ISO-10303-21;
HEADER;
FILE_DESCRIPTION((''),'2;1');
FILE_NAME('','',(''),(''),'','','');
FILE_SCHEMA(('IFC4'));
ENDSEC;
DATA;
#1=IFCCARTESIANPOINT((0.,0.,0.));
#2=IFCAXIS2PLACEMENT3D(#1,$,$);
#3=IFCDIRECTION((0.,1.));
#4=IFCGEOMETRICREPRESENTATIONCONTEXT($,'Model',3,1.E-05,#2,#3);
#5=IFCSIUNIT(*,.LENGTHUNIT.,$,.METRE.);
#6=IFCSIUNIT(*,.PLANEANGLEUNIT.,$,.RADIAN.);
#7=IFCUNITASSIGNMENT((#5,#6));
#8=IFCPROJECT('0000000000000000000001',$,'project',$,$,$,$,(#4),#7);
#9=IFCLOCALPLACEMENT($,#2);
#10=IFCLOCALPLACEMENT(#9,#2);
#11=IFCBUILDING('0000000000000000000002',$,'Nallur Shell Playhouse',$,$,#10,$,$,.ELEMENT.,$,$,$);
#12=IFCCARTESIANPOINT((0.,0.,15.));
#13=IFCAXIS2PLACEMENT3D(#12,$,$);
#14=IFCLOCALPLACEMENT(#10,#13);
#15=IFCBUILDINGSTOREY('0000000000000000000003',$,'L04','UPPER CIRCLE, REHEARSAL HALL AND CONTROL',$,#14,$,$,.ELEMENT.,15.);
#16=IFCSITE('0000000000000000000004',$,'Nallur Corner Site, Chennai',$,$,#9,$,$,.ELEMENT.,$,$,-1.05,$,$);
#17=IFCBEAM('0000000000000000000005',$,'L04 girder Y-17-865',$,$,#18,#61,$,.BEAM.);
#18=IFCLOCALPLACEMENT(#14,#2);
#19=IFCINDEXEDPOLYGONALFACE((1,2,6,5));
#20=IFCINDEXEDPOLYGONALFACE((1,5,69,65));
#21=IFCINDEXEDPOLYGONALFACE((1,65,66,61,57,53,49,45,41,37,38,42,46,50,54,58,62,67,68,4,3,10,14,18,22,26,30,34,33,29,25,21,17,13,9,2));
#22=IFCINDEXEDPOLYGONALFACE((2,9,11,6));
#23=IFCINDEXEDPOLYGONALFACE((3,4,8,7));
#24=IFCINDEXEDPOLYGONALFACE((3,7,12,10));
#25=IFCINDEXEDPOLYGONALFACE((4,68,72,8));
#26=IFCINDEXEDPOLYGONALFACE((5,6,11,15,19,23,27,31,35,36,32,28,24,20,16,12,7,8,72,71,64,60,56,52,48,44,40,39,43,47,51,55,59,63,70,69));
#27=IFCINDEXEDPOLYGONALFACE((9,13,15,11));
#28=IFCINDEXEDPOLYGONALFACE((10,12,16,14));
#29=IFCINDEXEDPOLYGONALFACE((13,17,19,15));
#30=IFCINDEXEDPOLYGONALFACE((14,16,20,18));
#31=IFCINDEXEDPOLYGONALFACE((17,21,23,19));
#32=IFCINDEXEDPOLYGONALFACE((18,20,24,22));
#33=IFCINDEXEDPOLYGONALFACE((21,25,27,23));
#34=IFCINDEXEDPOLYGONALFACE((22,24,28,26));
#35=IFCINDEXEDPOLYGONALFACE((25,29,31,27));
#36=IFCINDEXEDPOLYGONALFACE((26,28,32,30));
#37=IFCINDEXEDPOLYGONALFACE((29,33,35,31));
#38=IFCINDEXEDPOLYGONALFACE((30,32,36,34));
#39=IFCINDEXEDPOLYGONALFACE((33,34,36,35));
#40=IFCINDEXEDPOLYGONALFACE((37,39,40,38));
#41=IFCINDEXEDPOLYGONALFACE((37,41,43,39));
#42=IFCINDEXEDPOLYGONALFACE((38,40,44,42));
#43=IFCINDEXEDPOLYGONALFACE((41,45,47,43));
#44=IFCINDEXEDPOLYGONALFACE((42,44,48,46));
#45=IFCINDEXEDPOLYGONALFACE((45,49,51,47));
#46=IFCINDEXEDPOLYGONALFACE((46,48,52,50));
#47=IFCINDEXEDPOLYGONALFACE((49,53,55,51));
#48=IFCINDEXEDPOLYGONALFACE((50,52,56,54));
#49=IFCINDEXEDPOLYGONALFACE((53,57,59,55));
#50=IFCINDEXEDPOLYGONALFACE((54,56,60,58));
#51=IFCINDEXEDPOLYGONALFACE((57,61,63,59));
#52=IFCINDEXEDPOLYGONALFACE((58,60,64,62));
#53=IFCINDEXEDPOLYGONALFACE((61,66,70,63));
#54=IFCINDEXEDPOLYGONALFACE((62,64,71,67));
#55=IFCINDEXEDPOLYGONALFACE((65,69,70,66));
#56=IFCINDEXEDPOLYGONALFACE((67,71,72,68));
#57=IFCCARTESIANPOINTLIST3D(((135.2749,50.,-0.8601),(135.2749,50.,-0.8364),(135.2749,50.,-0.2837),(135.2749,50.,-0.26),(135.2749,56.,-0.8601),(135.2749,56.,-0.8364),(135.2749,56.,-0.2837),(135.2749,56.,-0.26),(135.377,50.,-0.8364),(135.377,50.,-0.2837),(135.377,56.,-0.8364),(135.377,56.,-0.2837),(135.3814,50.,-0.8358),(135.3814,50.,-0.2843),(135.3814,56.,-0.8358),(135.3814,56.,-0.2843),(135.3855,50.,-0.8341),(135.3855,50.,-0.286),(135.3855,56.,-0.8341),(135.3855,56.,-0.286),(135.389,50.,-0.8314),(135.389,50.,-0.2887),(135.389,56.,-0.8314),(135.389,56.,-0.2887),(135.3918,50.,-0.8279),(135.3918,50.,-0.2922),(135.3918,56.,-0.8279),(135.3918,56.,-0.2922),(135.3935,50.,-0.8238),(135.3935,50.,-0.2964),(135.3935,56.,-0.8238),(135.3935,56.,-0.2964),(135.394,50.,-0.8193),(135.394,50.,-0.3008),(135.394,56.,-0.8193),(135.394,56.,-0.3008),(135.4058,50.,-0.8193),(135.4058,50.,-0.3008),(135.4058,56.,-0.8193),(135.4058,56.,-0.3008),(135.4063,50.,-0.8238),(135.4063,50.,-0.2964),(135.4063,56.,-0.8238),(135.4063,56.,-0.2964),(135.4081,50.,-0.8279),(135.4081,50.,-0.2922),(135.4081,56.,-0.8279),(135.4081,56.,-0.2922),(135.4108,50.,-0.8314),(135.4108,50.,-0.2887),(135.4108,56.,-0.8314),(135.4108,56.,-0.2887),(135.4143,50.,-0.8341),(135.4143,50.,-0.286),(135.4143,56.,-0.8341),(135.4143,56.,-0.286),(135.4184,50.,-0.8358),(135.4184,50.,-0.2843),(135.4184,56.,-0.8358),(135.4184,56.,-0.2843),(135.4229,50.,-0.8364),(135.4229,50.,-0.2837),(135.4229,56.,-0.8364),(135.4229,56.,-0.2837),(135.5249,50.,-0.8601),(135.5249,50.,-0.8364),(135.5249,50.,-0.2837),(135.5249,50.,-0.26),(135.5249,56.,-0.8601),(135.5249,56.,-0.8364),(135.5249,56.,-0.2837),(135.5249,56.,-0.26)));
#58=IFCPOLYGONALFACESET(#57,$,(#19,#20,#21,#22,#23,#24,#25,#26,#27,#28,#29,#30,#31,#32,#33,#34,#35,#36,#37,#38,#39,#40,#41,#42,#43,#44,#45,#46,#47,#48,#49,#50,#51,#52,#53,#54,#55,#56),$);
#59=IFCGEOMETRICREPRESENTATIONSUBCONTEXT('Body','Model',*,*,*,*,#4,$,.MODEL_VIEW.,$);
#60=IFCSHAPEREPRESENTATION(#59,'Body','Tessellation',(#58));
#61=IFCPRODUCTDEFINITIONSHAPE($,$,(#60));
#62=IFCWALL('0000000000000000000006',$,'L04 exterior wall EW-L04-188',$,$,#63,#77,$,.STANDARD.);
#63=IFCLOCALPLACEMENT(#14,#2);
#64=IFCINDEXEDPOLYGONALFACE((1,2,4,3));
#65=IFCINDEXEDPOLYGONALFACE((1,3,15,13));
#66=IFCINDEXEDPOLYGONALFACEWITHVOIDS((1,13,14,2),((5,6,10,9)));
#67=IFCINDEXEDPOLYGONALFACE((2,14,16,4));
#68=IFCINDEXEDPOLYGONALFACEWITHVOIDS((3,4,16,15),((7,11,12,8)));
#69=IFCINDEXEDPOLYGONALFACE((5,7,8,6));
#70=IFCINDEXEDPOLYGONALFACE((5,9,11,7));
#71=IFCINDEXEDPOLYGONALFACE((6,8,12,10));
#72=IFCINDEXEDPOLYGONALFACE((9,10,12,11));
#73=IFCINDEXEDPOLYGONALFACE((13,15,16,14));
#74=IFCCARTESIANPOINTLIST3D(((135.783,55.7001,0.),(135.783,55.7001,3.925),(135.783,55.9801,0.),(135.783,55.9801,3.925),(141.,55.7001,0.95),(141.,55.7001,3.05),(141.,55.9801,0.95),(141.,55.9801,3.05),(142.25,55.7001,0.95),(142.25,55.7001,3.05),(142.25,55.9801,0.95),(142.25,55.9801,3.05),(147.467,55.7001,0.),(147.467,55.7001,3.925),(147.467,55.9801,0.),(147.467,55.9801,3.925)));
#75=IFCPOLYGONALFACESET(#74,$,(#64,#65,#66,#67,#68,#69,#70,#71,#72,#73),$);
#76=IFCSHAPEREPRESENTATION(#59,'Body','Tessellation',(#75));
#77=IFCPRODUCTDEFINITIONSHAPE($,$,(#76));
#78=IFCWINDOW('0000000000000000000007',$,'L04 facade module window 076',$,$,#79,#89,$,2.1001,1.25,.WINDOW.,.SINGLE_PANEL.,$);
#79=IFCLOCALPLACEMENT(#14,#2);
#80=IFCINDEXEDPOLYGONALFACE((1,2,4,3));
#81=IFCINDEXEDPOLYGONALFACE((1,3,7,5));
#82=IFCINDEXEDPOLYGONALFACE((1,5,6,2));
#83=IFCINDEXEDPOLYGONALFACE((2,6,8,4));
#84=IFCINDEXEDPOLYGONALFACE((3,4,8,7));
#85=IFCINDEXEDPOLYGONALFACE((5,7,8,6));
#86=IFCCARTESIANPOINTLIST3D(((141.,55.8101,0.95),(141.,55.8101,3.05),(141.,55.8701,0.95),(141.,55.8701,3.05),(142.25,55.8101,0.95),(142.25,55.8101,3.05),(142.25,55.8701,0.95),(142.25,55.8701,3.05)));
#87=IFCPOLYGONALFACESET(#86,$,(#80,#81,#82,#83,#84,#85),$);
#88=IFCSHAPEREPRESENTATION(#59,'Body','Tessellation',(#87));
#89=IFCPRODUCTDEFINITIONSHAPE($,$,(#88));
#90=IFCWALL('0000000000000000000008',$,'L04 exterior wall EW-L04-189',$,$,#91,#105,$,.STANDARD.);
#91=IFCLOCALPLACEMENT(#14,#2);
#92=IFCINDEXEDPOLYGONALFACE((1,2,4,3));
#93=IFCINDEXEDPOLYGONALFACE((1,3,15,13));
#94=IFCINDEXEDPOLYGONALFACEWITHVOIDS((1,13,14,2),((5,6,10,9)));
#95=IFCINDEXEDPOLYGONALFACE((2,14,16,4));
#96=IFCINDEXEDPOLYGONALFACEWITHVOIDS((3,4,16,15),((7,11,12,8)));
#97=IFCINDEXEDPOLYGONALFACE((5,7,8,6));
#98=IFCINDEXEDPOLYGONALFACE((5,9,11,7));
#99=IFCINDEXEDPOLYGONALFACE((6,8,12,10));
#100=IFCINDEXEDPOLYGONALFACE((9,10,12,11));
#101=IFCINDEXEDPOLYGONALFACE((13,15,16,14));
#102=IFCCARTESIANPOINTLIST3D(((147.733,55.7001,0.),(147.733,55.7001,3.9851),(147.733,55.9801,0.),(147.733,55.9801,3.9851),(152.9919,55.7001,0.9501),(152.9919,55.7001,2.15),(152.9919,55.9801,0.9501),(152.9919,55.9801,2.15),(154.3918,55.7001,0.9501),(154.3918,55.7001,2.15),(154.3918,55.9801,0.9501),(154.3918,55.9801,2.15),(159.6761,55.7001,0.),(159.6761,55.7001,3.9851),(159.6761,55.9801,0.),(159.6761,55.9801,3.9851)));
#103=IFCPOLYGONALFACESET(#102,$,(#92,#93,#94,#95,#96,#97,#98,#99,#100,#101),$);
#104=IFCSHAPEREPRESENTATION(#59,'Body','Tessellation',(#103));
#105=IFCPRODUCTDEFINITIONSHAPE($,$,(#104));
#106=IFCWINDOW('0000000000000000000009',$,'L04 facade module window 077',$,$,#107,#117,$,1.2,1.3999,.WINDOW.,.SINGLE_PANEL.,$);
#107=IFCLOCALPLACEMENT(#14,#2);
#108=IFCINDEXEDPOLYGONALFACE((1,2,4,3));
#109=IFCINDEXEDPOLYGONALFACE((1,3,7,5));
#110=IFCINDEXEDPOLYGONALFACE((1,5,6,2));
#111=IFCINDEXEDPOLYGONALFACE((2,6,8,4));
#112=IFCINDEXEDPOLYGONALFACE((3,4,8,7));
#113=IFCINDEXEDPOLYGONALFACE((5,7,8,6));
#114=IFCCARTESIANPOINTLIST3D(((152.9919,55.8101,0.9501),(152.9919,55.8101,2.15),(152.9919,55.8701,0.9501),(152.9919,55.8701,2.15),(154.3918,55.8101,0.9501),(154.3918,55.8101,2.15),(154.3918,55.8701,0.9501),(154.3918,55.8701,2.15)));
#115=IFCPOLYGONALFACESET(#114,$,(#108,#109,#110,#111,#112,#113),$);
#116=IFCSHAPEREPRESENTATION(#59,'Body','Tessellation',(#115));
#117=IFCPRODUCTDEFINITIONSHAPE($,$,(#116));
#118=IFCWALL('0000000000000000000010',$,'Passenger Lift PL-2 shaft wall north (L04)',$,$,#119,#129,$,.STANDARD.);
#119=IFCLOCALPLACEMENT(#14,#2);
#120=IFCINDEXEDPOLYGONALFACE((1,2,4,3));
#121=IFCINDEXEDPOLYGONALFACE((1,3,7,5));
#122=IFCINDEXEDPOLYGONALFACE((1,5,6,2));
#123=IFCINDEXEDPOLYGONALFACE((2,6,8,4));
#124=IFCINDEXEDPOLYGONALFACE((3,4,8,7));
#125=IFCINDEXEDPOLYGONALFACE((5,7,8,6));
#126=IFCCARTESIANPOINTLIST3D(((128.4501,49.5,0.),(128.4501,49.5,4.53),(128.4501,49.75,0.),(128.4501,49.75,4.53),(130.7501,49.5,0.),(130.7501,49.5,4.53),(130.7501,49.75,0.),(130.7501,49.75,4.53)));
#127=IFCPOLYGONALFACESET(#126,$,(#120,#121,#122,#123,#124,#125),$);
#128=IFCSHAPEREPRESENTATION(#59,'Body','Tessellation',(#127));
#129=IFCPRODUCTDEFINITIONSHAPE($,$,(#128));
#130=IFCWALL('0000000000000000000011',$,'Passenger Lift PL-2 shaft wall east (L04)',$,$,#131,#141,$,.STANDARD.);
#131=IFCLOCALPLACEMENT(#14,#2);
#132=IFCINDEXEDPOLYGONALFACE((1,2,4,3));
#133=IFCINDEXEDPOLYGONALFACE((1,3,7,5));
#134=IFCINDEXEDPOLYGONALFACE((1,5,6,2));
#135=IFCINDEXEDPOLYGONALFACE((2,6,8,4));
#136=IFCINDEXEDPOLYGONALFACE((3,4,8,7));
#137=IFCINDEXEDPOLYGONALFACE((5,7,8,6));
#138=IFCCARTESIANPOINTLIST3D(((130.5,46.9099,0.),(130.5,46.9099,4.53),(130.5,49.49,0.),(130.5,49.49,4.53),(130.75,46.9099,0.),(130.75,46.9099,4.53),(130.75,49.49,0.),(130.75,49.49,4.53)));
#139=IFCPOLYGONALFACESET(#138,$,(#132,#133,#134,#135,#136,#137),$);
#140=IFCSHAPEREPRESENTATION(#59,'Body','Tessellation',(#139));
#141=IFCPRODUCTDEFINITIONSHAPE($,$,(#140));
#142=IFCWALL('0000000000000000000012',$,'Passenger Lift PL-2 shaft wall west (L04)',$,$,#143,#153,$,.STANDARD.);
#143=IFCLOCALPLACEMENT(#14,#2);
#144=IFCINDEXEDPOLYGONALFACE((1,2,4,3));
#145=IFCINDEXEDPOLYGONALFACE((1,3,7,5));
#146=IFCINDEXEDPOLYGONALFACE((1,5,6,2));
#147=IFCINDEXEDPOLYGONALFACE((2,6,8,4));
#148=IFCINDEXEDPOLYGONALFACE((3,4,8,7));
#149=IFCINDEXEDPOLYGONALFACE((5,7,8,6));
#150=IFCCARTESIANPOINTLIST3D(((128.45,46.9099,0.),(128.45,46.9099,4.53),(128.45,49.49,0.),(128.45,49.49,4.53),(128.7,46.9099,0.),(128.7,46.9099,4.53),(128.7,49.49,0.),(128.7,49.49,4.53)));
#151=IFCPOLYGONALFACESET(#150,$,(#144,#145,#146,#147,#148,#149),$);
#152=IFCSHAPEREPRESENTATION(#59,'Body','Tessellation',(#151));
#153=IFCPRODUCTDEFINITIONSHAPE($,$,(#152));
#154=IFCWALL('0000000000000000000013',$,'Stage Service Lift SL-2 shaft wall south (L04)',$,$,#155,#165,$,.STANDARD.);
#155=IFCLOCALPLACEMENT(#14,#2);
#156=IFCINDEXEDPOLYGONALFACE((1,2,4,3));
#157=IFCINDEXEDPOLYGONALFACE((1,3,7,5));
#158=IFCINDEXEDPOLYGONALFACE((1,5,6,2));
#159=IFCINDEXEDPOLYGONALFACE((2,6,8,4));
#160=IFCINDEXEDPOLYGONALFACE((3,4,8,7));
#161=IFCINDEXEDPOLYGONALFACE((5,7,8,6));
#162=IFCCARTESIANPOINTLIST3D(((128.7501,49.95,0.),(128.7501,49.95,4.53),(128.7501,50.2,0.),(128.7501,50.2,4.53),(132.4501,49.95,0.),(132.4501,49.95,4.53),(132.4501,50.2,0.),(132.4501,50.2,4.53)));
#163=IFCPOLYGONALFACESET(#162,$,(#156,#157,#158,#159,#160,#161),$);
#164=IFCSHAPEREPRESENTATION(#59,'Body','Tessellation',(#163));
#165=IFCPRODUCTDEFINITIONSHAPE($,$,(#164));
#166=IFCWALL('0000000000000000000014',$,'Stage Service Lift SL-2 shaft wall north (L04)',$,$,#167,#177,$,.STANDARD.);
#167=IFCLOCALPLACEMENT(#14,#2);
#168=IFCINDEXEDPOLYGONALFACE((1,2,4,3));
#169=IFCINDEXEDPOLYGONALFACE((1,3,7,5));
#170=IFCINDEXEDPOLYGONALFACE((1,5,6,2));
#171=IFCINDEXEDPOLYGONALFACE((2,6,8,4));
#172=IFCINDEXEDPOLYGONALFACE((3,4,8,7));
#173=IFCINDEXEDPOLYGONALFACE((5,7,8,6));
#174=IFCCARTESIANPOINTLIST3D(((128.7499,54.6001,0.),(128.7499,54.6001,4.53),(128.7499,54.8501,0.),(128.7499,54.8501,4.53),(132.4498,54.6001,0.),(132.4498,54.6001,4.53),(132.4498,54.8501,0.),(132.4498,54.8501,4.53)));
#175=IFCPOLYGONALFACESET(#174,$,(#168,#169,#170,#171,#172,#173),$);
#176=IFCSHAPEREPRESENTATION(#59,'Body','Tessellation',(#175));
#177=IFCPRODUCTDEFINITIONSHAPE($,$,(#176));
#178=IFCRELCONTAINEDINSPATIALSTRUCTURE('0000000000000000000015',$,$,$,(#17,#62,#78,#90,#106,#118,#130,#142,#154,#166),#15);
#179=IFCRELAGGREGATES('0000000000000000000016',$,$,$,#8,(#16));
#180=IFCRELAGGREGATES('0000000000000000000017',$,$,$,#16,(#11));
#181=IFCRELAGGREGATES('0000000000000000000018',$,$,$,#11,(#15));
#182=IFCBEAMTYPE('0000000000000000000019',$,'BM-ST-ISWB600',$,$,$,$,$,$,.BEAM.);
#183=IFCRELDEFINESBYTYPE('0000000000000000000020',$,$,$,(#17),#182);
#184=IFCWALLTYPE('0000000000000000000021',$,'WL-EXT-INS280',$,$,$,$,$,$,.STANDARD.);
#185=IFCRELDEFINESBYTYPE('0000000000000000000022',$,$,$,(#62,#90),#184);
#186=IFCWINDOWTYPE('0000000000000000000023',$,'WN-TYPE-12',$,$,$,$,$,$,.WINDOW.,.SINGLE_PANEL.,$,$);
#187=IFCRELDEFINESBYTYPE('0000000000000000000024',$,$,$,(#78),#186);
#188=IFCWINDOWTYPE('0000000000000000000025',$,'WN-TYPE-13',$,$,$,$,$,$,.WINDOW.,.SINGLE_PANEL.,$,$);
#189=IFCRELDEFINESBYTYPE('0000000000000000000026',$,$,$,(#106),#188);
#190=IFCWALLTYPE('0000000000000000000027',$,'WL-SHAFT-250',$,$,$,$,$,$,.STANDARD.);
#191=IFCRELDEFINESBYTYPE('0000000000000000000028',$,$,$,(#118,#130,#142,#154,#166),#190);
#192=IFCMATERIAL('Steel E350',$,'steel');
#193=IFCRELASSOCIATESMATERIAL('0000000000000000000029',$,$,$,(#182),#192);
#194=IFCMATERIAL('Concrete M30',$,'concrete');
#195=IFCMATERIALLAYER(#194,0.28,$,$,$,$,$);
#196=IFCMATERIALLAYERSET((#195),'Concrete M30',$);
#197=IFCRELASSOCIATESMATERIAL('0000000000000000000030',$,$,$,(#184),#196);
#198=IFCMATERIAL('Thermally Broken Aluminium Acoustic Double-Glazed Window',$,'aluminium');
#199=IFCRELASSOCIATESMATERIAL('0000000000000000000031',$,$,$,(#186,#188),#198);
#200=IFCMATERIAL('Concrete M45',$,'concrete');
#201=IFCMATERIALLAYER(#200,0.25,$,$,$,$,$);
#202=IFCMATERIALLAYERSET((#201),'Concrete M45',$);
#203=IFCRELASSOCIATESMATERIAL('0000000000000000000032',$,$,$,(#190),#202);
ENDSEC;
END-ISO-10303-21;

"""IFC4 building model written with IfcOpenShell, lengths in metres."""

from ifc_helpers import new_model, si_unit, direction, frame, frame_2d, origin, origin_2d, place, context, subcontext, project, spatial, rectangle, i_section, extrude, material, layer, layer_set, material_profile, profile_set, type_object, element, fill, save


model = new_model("IFC4")

# Units and contexts
model_context = context("Model", 3, precision=1e-05, world=origin(), true_north=direction((0.0, 1.0)))
body_context = subcontext(model_context, "Body", "Model", "MODEL_VIEW")
ifc_project = project(units=[si_unit("LENGTHUNIT", "METRE"), si_unit("PLANEANGLEUNIT", "RADIAN")], contexts=[model_context])

# Site, building, storey
site_placement = place(None, origin())
site = spatial("IfcSite", under=ifc_project, at=site_placement, Name="Nallur Corner Site, Chennai", CompositionType="ELEMENT", RefElevation=-1.05)
building_placement = place(site_placement, origin())
building = spatial("IfcBuilding", under=site, at=building_placement, Name="Nallur Shell Playhouse", CompositionType="ELEMENT")
storey_placement = place(building_placement, frame((0.0, 0.0, 15.0)))
storey = spatial("IfcBuildingStorey", under=building, at=storey_placement, Name="L04", Description="UPPER CIRCLE, REHEARSAL HALL AND CONTROL", CompositionType="ELEMENT", Elevation=15.0)

# Shared definitions
ifc_material_1 = material(Name="Steel E350", Category="steel")

# Beam
ifc_material_profile_1 = material_profile(ifc_material_1, i_section(OverallWidth=0.25, OverallDepth=0.6001, WebThickness=0.0117, FlangeThickness=0.0237, FilletRadius=0.0171, at=origin_2d()), Name="ISWB 600")
ifc_profile_set_1 = profile_set([ifc_material_profile_1], Name="Steel E350")
beam_type_1 = type_object("IfcBeamType", Name="BM-ST-ISWB600", PredefinedType="BEAM", material=ifc_profile_set_1)
beam_1_placement = place(storey_placement, frame((135.3999, 50.0, -0.5601), z_axis=(0.0, 1.0, 0.0), x_axis=(-1.0, 0.0, 0.0)))
element("IfcBeam", 1, at=beam_1_placement, inside=storey, type_object=beam_type_1, Name="L04 girder Y-17-865", PredefinedType="BEAM", context=body_context, shape_type="SweptSolid", body=[
    extrude(i_section(OverallWidth=0.25, OverallDepth=0.6001, WebThickness=0.0117, FlangeThickness=0.0237, FilletRadius=0.0171, at=origin_2d()), origin(), (0.0, 0.0, 1.0), 6.0),
])

# Walls, openings, windows
ifc_material_2 = material(Name="Concrete M30", Category="concrete")
ifc_layer_1 = layer(ifc_material_2, 0.28)
ifc_layer_set_1 = layer_set([ifc_layer_1], Name="Concrete M30")
wall_type_1 = type_object("IfcWallType", Name="WL-EXT-INS280", PredefinedType="STANDARD", material=ifc_layer_set_1)
wall_1_placement = place(storey_placement, frame((135.783, 55.8401, 0.0), z_axis=(0.0, 0.0, 1.0), x_axis=(1.0, 0.0, 0.0)))
wall_1 = element("IfcWall", 2, at=wall_1_placement, inside=storey, type_object=wall_type_1, Name="L04 exterior wall EW-L04-188", PredefinedType="STANDARD", context=body_context, shape_type="SweptSolid", body=[
    extrude(rectangle(XDim=11.6841, YDim=0.28, at=frame_2d((5.842, 0.0))), origin(), (0.0, 0.0, 1.0), 3.925),
])
opening_1_placement = place(wall_1_placement, frame((5.217, 0.0, 0.95)))
opening_1 = element("IfcOpeningElement", 3, at=opening_1_placement, cuts=wall_1, PredefinedType="OPENING", context=body_context, shape_type="SweptSolid", body=[
    extrude(rectangle(XDim=1.25, YDim=2.1001, at=frame_2d((0.625, 1.05))), frame((0.0, 0.1499, 0.0), z_axis=(0.0, -1.0, 0.0), x_axis=(1.0, 0.0, 0.0)), (0.0, 0.0, 1.0), 0.3),
])
ifc_material_3 = material(Name="Thermally Broken Aluminium Acoustic Double-Glazed Window", Category="aluminium")
window_type_1 = type_object("IfcWindowType", Name="WN-TYPE-12", PartitioningType="SINGLE_PANEL", PredefinedType="WINDOW", material=ifc_material_3)
window_1_placement = place(opening_1_placement, origin())
window_1 = element("IfcWindow", 4, at=window_1_placement, inside=storey, type_object=window_type_1, Name="L04 facade module window 076", OverallHeight=2.1001, OverallWidth=1.25, PartitioningType="SINGLE_PANEL", PredefinedType="WINDOW", context=body_context, shape_type="SweptSolid", body=[
    extrude(rectangle(XDim=1.25, YDim=2.1001, at=frame_2d((0.625, 1.05))), frame((0.0, 0.03, 0.0), z_axis=(0.0, -1.0, 0.0), x_axis=(1.0, 0.0, 0.0)), (0.0, 0.0, 1.0), 0.0601),
])
fill(opening_1, window_1)
wall_2_placement = place(storey_placement, frame((147.7329, 55.8401, 0.0), z_axis=(0.0, 0.0, 1.0), x_axis=(1.0, 0.0, 0.0)))
wall_2 = element("IfcWall", 5, at=wall_2_placement, inside=storey, type_object=wall_type_1, Name="L04 exterior wall EW-L04-189", PredefinedType="STANDARD", context=body_context, shape_type="SweptSolid", body=[
    extrude(rectangle(XDim=11.9431, YDim=0.28, at=frame_2d((5.9717, 0.0))), origin(), (0.0, 0.0, 1.0), 3.9851),
])
opening_2_placement = place(wall_2_placement, frame((5.259, 0.0, 0.95)))
opening_2 = element("IfcOpeningElement", 6, at=opening_2_placement, cuts=wall_2, PredefinedType="OPENING", context=body_context, shape_type="SweptSolid", body=[
    extrude(rectangle(XDim=1.3999, YDim=1.2, at=frame_2d((0.7, 0.6001))), frame((0.0, 0.1499, 0.0), z_axis=(0.0, -1.0, 0.0), x_axis=(1.0, 0.0, 0.0)), (0.0, 0.0, 1.0), 0.3),
])
window_type_2 = type_object("IfcWindowType", Name="WN-TYPE-13", PartitioningType="SINGLE_PANEL", PredefinedType="WINDOW", material=ifc_material_3)
window_2_placement = place(opening_2_placement, origin())
window_2 = element("IfcWindow", 7, at=window_2_placement, inside=storey, type_object=window_type_2, Name="L04 facade module window 077", OverallHeight=1.2, OverallWidth=1.3999, PartitioningType="SINGLE_PANEL", PredefinedType="WINDOW", context=body_context, shape_type="SweptSolid", body=[
    extrude(rectangle(XDim=1.3999, YDim=1.2, at=frame_2d((0.7, 0.6001))), frame((0.0, 0.03, 0.0), z_axis=(0.0, -1.0, 0.0), x_axis=(1.0, 0.0, 0.0)), (0.0, 0.0, 1.0), 0.0601),
])
fill(opening_2, window_2)

# Shared definitions
ifc_material_4 = material(Name="Concrete M45", Category="concrete")
ifc_layer_2 = layer(ifc_material_4, 0.25)
ifc_layer_set_2 = layer_set([ifc_layer_2], Name="Concrete M45")
wall_type_2 = type_object("IfcWallType", Name="WL-SHAFT-250", PredefinedType="STANDARD", material=ifc_layer_set_2)

# Walls
wall_3_placement = place(storey_placement, frame((130.75, 49.625, 0.0), z_axis=(0.0, 0.0, 1.0), x_axis=(-1.0, 0.0, 0.0)))
element("IfcWall", 8, at=wall_3_placement, inside=storey, type_object=wall_type_2, Name="Passenger Lift PL-2 shaft wall north (L04)", PredefinedType="STANDARD", context=body_context, shape_type="SweptSolid", body=[
    extrude(rectangle(XDim=2.3, YDim=0.25, at=frame_2d((1.1499, 0.0))), origin(), (0.0, 0.0, 1.0), 4.53),
])
for number, where, z_axis, x_axis, name in (
    (9, (130.625, 46.9099, 0.0), (0.0, 0.0, 1.0), (0.0, 1.0, 0.0), "Passenger Lift PL-2 shaft wall east (L04)"),
    (10, (128.575, 49.49, 0.0), (0.0, 0.0, 1.0), (0.0, -1.0, 0.0), "Passenger Lift PL-2 shaft wall west (L04)"),
):
    element("IfcWall", number, at=place(storey_placement, frame(where, z_axis=z_axis, x_axis=x_axis)), inside=storey, type_object=wall_type_2, Name=name, PredefinedType="STANDARD", context=body_context, shape_type="SweptSolid", body=[
        extrude(rectangle(XDim=2.5801, YDim=0.25, at=frame_2d((1.29, 0.0))), origin(), (0.0, 0.0, 1.0), 4.53),
    ])
for number, where, z_axis, x_axis, name in (
    (11, (128.75, 50.075, 0.0), (0.0, 0.0, 1.0), (1.0, 0.0, 0.0), "Stage Service Lift SL-2 shaft wall south (L04)"),
    (12, (132.45, 54.7251, 0.0), (0.0, 0.0, 1.0), (-1.0, 0.0, 0.0), "Stage Service Lift SL-2 shaft wall north (L04)"),
):
    element("IfcWall", number, at=place(storey_placement, frame(where, z_axis=z_axis, x_axis=x_axis)), inside=storey, type_object=wall_type_2, Name=name, PredefinedType="STANDARD", context=body_context, shape_type="SweptSolid", body=[
        extrude(rectangle(XDim=3.7, YDim=0.25, at=frame_2d((1.8501, 0.0))), origin(), (0.0, 0.0, 1.0), 4.53),
    ])

save(model, "model.ifc")
